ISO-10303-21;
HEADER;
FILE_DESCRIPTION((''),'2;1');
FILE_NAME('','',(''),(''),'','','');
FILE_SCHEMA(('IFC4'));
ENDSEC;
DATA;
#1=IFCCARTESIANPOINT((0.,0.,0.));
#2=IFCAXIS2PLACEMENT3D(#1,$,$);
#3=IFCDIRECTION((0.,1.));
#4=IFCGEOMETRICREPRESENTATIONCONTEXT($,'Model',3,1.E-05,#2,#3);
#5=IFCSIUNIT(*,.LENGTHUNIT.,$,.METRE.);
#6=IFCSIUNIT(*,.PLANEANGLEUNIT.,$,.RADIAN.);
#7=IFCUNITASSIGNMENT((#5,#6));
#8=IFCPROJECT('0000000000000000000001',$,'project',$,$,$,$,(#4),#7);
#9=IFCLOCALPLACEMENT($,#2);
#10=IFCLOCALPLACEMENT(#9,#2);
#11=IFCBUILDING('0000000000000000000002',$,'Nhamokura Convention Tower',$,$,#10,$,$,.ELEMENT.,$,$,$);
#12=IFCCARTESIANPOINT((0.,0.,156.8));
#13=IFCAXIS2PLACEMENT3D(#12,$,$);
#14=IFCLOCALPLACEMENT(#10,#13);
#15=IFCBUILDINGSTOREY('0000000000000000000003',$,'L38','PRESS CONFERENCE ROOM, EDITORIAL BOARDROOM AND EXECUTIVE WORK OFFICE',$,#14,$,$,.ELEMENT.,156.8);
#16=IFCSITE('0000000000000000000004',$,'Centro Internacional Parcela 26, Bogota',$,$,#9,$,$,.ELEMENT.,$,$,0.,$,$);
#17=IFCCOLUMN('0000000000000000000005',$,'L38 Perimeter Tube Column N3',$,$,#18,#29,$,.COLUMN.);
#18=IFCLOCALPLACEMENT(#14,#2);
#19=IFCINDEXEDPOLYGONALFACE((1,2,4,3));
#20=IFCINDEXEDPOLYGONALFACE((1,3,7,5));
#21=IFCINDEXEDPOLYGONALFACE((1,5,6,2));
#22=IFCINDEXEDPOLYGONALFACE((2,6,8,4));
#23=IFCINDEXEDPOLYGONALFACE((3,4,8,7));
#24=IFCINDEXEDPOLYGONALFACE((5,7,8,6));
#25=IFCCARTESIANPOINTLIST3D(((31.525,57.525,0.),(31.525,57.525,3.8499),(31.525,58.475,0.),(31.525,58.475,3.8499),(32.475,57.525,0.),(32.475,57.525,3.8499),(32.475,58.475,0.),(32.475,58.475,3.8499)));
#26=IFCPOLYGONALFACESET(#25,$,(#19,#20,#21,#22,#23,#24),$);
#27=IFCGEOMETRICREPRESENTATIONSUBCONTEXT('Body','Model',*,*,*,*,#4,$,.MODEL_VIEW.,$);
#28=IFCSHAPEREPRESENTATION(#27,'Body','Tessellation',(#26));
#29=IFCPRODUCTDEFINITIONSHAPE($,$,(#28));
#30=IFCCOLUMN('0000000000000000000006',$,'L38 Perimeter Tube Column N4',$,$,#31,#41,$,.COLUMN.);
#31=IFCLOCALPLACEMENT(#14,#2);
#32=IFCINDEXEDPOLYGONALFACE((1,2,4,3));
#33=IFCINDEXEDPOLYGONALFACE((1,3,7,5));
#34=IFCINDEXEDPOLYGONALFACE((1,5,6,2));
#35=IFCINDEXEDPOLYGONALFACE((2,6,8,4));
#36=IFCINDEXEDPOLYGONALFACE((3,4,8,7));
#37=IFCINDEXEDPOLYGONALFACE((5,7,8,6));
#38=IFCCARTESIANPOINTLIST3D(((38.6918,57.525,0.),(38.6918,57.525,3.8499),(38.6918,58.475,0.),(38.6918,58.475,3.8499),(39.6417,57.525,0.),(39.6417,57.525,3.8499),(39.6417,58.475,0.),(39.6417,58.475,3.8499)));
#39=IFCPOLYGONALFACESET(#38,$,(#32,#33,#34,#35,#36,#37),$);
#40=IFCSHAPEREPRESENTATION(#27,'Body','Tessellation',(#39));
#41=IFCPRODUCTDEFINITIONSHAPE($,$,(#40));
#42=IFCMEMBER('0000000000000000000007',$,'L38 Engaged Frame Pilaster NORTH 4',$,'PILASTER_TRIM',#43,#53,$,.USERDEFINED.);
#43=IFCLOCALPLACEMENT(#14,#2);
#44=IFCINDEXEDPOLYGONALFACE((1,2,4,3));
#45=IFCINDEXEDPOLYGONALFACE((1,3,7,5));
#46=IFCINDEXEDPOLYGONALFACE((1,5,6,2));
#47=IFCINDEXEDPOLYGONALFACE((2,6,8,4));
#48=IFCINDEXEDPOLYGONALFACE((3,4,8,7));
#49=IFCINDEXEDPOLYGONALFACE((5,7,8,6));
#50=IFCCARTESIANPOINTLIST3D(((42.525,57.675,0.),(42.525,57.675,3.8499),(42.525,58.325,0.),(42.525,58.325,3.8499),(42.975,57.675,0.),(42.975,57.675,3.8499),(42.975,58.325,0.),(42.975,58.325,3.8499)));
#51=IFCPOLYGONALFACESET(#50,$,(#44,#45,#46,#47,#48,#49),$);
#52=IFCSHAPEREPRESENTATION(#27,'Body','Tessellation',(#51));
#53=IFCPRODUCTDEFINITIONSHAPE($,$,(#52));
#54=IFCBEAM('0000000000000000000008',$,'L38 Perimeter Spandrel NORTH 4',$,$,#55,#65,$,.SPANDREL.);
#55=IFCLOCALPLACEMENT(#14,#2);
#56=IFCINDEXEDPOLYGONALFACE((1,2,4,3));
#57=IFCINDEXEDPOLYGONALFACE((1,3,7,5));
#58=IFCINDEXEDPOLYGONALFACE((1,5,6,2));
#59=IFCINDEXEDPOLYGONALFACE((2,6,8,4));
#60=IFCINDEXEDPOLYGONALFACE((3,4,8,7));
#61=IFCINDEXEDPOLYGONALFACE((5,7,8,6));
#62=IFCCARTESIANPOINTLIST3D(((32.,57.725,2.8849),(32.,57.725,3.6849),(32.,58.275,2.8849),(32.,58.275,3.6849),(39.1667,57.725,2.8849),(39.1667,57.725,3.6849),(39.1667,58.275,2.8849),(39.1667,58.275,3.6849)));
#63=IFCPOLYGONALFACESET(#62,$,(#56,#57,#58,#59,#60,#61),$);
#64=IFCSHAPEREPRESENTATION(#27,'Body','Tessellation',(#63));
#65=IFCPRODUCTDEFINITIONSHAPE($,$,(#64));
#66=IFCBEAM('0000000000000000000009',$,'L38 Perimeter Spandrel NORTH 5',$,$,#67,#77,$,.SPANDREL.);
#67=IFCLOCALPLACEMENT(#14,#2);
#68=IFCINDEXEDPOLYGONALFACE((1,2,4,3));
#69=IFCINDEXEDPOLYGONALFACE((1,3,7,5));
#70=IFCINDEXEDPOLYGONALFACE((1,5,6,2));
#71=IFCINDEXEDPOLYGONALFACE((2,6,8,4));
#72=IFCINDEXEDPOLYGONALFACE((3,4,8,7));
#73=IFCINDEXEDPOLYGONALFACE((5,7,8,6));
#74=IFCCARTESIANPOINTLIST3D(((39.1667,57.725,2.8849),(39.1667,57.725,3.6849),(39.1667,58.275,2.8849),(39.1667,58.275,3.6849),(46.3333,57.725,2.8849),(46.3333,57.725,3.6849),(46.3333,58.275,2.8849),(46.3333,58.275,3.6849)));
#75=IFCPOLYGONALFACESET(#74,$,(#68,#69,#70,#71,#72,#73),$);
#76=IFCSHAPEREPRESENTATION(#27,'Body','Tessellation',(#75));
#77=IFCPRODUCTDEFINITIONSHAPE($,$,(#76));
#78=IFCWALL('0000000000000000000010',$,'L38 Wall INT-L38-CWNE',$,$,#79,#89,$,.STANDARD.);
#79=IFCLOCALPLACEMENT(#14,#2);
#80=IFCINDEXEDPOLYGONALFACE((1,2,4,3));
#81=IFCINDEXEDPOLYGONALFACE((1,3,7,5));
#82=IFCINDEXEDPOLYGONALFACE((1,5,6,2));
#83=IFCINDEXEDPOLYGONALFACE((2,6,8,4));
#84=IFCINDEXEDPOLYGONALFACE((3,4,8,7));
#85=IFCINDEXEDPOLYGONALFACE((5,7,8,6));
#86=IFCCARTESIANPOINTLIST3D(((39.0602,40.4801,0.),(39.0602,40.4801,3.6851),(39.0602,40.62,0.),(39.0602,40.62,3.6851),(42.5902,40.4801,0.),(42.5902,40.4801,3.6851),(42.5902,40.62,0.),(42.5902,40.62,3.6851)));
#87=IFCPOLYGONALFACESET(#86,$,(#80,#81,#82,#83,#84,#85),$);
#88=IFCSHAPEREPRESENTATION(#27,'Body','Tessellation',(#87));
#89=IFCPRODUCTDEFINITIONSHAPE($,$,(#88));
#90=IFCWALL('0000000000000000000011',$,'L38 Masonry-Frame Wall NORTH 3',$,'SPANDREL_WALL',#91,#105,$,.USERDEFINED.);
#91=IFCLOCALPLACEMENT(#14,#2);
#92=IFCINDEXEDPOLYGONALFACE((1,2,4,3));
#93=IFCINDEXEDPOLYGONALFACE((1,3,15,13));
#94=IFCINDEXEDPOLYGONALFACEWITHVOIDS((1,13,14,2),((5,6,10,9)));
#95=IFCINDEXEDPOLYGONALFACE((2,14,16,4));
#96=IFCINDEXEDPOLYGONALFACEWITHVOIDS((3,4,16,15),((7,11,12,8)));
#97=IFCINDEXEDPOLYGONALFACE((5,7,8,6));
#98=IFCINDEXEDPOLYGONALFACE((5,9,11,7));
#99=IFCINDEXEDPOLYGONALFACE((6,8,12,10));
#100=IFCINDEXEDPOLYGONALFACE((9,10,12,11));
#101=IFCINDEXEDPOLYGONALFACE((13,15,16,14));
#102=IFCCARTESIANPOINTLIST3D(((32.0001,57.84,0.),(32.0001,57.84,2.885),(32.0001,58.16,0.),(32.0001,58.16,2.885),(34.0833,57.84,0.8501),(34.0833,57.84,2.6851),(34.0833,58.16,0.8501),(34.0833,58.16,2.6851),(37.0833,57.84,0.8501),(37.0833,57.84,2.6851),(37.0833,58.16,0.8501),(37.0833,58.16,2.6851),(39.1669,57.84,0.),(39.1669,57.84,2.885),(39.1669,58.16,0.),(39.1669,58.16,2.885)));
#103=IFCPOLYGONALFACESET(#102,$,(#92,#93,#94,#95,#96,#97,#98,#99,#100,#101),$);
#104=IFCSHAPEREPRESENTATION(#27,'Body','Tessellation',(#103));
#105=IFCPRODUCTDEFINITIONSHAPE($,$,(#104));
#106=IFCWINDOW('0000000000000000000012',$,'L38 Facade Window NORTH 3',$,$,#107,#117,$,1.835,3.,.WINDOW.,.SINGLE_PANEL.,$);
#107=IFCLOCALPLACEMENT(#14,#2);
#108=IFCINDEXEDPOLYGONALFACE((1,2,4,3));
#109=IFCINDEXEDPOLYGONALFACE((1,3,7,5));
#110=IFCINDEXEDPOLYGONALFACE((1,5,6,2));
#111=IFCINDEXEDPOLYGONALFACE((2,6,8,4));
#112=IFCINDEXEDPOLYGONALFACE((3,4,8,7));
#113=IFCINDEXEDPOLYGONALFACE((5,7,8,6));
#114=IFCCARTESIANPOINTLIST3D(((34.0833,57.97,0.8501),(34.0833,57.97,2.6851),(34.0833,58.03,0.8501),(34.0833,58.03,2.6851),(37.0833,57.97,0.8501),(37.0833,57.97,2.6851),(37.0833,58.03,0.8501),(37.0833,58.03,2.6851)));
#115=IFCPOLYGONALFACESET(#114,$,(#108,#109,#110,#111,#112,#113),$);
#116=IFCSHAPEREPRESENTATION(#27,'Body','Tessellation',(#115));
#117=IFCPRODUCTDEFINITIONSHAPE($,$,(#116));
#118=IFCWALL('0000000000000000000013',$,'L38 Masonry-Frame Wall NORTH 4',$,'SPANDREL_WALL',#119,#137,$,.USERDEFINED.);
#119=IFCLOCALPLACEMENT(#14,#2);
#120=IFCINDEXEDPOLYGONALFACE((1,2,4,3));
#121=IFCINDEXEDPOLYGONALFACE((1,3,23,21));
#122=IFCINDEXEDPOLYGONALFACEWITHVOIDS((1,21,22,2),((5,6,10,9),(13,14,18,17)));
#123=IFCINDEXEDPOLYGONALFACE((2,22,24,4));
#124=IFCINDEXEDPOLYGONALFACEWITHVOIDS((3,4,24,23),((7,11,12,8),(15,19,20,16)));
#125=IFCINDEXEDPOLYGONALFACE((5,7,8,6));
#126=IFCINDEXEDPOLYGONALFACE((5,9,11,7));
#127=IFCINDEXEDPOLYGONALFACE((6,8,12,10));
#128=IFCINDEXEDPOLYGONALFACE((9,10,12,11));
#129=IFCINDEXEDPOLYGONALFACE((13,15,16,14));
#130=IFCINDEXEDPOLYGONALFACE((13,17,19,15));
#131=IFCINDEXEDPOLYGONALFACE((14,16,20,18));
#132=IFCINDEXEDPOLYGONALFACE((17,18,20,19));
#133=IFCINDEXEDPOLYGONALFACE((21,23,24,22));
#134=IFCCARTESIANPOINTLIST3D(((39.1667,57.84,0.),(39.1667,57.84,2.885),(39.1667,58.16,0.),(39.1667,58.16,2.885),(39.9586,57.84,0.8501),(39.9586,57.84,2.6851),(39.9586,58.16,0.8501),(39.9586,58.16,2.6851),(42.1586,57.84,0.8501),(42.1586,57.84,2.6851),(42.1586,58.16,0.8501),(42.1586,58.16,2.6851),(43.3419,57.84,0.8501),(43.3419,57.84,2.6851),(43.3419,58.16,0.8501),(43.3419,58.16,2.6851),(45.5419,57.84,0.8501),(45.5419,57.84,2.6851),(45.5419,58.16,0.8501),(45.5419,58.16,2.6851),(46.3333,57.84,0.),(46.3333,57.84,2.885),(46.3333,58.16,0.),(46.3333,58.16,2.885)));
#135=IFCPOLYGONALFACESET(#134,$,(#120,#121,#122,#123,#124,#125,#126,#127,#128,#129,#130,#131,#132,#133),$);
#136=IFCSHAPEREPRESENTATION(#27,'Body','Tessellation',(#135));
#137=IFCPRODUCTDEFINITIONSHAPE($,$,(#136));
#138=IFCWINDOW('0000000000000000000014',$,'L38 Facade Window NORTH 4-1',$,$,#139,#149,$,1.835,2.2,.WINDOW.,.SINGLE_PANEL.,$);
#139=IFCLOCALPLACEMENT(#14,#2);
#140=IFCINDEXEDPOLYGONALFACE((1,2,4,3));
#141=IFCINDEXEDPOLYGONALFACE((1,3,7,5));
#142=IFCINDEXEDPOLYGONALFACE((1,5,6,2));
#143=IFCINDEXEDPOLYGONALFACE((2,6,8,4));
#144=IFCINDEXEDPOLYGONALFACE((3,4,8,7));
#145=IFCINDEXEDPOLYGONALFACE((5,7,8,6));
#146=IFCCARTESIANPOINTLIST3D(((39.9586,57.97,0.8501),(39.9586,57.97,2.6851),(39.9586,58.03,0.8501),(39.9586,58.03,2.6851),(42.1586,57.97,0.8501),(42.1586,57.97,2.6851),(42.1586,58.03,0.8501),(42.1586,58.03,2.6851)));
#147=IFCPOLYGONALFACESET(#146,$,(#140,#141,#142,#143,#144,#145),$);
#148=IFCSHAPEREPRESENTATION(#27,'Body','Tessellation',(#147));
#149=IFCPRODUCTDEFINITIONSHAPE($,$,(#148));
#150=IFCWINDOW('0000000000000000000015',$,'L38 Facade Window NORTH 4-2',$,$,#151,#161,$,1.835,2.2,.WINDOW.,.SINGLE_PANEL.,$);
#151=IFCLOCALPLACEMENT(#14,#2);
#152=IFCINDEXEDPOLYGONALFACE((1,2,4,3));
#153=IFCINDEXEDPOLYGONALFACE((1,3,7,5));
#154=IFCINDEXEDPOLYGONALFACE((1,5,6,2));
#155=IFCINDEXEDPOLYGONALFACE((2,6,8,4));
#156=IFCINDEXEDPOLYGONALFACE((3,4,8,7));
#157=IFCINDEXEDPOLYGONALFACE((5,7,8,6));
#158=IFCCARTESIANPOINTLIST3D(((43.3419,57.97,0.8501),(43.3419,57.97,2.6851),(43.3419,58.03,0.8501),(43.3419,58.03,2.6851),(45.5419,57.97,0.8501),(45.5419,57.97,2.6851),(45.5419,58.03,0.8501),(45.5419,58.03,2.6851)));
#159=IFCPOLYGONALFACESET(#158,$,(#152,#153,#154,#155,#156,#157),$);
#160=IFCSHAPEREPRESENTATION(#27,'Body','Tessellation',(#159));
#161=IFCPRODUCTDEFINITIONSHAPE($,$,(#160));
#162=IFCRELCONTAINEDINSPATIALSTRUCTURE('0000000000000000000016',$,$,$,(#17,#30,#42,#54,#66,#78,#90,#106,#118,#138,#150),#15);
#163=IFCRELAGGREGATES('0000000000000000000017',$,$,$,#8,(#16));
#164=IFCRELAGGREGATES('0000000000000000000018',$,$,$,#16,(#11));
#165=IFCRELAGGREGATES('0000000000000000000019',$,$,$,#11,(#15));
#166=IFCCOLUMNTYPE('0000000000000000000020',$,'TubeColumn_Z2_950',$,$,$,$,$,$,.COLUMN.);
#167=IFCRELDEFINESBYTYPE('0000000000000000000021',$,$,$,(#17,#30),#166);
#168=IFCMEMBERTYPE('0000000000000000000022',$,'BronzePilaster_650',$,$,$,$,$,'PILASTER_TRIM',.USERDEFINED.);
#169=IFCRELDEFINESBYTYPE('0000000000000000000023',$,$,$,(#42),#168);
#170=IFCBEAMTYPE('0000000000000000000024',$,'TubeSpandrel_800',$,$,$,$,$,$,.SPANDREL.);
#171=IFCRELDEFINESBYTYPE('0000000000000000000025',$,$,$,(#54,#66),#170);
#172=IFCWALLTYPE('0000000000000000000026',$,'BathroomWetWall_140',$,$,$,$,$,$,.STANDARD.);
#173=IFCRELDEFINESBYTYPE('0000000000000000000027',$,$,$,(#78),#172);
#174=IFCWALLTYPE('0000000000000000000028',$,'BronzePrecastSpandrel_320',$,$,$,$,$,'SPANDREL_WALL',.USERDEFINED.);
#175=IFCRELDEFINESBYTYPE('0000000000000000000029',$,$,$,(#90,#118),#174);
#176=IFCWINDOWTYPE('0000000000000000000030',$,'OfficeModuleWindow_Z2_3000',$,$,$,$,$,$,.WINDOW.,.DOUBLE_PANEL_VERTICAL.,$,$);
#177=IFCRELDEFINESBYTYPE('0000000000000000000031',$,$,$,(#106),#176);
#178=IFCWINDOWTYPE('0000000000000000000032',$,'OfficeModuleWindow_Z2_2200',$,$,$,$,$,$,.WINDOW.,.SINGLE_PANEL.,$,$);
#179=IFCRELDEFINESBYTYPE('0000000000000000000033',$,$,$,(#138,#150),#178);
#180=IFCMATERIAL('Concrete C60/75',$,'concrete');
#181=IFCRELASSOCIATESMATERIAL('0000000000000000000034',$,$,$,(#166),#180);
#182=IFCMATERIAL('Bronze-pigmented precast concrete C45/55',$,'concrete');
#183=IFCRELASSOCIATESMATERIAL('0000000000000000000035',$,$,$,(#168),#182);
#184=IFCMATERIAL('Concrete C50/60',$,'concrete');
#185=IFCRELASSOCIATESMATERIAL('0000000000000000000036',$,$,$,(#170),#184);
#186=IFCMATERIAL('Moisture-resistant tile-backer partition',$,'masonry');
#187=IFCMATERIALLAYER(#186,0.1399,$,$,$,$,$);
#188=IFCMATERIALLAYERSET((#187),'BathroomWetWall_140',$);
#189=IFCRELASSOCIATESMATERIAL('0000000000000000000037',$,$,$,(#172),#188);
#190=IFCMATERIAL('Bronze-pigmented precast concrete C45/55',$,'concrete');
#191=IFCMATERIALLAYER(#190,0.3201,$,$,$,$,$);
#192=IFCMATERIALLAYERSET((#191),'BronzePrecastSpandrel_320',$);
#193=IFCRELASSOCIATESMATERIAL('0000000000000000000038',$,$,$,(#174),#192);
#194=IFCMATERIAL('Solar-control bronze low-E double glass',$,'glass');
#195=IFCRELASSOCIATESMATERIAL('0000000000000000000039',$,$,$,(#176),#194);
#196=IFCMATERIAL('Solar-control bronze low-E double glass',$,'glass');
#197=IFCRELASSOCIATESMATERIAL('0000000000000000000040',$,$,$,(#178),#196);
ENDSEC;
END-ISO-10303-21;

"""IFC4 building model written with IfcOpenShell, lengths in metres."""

from ifc_helpers import new_model, si_unit, direction, frame, frame_2d, origin, origin_2d, place, context, subcontext, project, spatial, rectangle, extrude, material, layer, layer_set, material_profile, profile_set, type_object, element, fill, save


model = new_model("IFC4")

# Units and contexts
model_context = context("Model", 3, precision=1e-05, world=origin(), true_north=direction((0.0, 1.0)))
body_context = subcontext(model_context, "Body", "Model", "MODEL_VIEW")
ifc_project = project(units=[si_unit("LENGTHUNIT", "METRE"), si_unit("PLANEANGLEUNIT", "RADIAN")], contexts=[model_context])

# Site, building, storey
site_placement = place(None, origin())
site = spatial("IfcSite", under=ifc_project, at=site_placement, Name="Centro Internacional Parcela 26, Bogota", CompositionType="ELEMENT", RefElevation=0.0)
building_placement = place(site_placement, origin())
building = spatial("IfcBuilding", under=site, at=building_placement, Name="Nhamokura Convention Tower", CompositionType="ELEMENT")
storey_placement = place(building_placement, frame((0.0, 0.0, 156.8)))
storey = spatial("IfcBuildingStorey", under=building, at=storey_placement, Name="L38", Description="PRESS CONFERENCE ROOM, EDITORIAL BOARDROOM AND EXECUTIVE WORK OFFICE", CompositionType="ELEMENT", Elevation=156.8)

# Columns
ifc_material_1 = material(Name="Concrete C60/75", Category="concrete")
ifc_material_profile_1 = material_profile(ifc_material_1, rectangle(XDim=0.95, YDim=0.95, at=origin_2d()))
ifc_profile_set_1 = profile_set([ifc_material_profile_1], Name="Concrete C60/75")
column_type = type_object("IfcColumnType", Name="TubeColumn_Z2_950", PredefinedType="COLUMN", material=ifc_profile_set_1)
for number, where, z_axis, x_axis, name in (
    (1, (32.0, 58.0, 0.0), (0.0, 0.0, 1.0), (1.0, 0.0, 0.0), "L38 Perimeter Tube Column N3"),
    (2, (39.1667, 58.0, 0.0), (0.0, 0.0, 1.0), (1.0, 0.0, 0.0), "L38 Perimeter Tube Column N4"),
):
    element("IfcColumn", number, at=place(storey_placement, frame(where, z_axis=z_axis, x_axis=x_axis)), inside=storey, type_object=column_type, Name=name, PredefinedType="COLUMN", context=body_context, shape_type="SweptSolid", body=[
        extrude(rectangle(XDim=0.95, YDim=0.95, at=origin_2d()), origin(), (0.0, 0.0, 1.0), 3.8499),
    ])

# Member
ifc_material_2 = material(Name="Bronze-pigmented precast concrete C45/55", Category="concrete")
ifc_material_profile_2 = material_profile(ifc_material_2, rectangle(XDim=0.45, YDim=0.6499, at=origin_2d()))
ifc_profile_set_2 = profile_set([ifc_material_profile_2], Name="Bronze-pigmented precast concrete C45/55")
member_type = type_object("IfcMemberType", Name="BronzePilaster_650", ElementType="PILASTER_TRIM", PredefinedType="USERDEFINED", material=ifc_profile_set_2)
member_placement = place(storey_placement, frame((42.75, 58.0, 0.0), z_axis=(0.0, 0.0, 1.0), x_axis=(1.0, 0.0, 0.0)))
element("IfcMember", 3, at=member_placement, inside=storey, type_object=member_type, Name="L38 Engaged Frame Pilaster NORTH 4", ObjectType="PILASTER_TRIM", PredefinedType="USERDEFINED", context=body_context, shape_type="SweptSolid", body=[
    extrude(rectangle(XDim=0.45, YDim=0.6499, at=origin_2d()), origin(), (0.0, 0.0, 1.0), 3.8499),
])

# Beams
ifc_material_3 = material(Name="Concrete C50/60", Category="concrete")
ifc_material_profile_3 = material_profile(ifc_material_3, rectangle(XDim=0.55, YDim=0.8, at=origin_2d()))
ifc_profile_set_3 = profile_set([ifc_material_profile_3], Name="Concrete C50/60")
beam_type = type_object("IfcBeamType", Name="TubeSpandrel_800", PredefinedType="SPANDREL", material=ifc_profile_set_3)
beam_1_placement = place(storey_placement, frame((32.0, 58.0, 3.2849), z_axis=(1.0, 0.0, 0.0), x_axis=(0.0, 1.0, 0.0)))
element("IfcBeam", 4, at=beam_1_placement, inside=storey, type_object=beam_type, Name="L38 Perimeter Spandrel NORTH 4", PredefinedType="SPANDREL", context=body_context, shape_type="SweptSolid", body=[
    extrude(rectangle(XDim=0.55, YDim=0.8, at=origin_2d()), origin(), (0.0, 0.0, 1.0), 7.1667),
])
beam_2_placement = place(storey_placement, frame((39.1667, 58.0, 3.2849), z_axis=(1.0, 0.0, 0.0), x_axis=(0.0, 1.0, 0.0)))
element("IfcBeam", 5, at=beam_2_placement, inside=storey, type_object=beam_type, Name="L38 Perimeter Spandrel NORTH 5", PredefinedType="SPANDREL", context=body_context, shape_type="SweptSolid", body=[
    extrude(rectangle(XDim=0.55, YDim=0.8, at=origin_2d()), origin(), (0.0, 0.0, 1.0), 7.1665),
])

# Wall
ifc_material_4 = material(Name="Moisture-resistant tile-backer partition", Category="masonry")
ifc_layer_1 = layer(ifc_material_4, 0.1399)
ifc_layer_set_1 = layer_set([ifc_layer_1], Name="BathroomWetWall_140")
wall_type_1 = type_object("IfcWallType", Name="BathroomWetWall_140", PredefinedType="STANDARD", material=ifc_layer_set_1)
wall_1_placement = place(storey_placement, frame((39.0601, 40.55, 0.0), z_axis=(0.0, 0.0, 1.0), x_axis=(1.0, 0.0, 0.0)))
element("IfcWall", 6, at=wall_1_placement, inside=storey, type_object=wall_type_1, Name="L38 Wall INT-L38-CWNE", PredefinedType="STANDARD", context=body_context, shape_type="SweptSolid", body=[
    extrude(rectangle(XDim=3.53, YDim=0.1399, at=frame_2d((1.7651, 0.0))), origin(), (0.0, 0.0, 1.0), 3.6851),
])

# Wall, opening, window
ifc_material_5 = material(Name="Bronze-pigmented precast concrete C45/55", Category="concrete")
ifc_layer_2 = layer(ifc_material_5, 0.3201)
ifc_layer_set_2 = layer_set([ifc_layer_2], Name="BronzePrecastSpandrel_320")
wall_type_2 = type_object("IfcWallType", Name="BronzePrecastSpandrel_320", ElementType="SPANDREL_WALL", PredefinedType="USERDEFINED", material=ifc_layer_set_2)
wall_2_placement = place(storey_placement, frame((32.0, 58.0, 0.0), z_axis=(0.0, 0.0, 1.0), x_axis=(1.0, 0.0, 0.0)))
wall_2 = element("IfcWall", 7, at=wall_2_placement, inside=storey, type_object=wall_type_2, Name="L38 Masonry-Frame Wall NORTH 3", ObjectType="SPANDREL_WALL", PredefinedType="USERDEFINED", context=body_context, shape_type="SweptSolid", body=[
    extrude(rectangle(XDim=7.1667, YDim=0.3201, at=frame_2d((3.5835, 0.0))), origin(), (0.0, 0.0, 1.0), 2.885),
])
opening_1_placement = place(wall_2_placement, frame((2.0833, 0.0, 0.8501)))
opening_1 = element("IfcOpeningElement", 8, at=opening_1_placement, cuts=wall_2, PredefinedType="OPENING", context=body_context, shape_type="SweptSolid", body=[
    extrude(rectangle(XDim=3.0, YDim=1.835, at=frame_2d((1.5, 0.9175))), frame((0.0, 0.1699, 0.0), z_axis=(0.0, -1.0, 0.0), x_axis=(1.0, 0.0, 0.0)), (0.0, 0.0, 1.0), 0.3401),
])
ifc_material_6 = material(Name="Solar-control bronze low-E double glass", Category="glass")
window_type_1 = type_object("IfcWindowType", Name="OfficeModuleWindow_Z2_3000", PartitioningType="DOUBLE_PANEL_VERTICAL", PredefinedType="WINDOW", material=ifc_material_6)
window_1_placement = place(opening_1_placement, origin())
window_1 = element("IfcWindow", 9, at=window_1_placement, inside=storey, type_object=window_type_1, Name="L38 Facade Window NORTH 3", OverallHeight=1.835, OverallWidth=3.0, PartitioningType="SINGLE_PANEL", PredefinedType="WINDOW", context=body_context, shape_type="SweptSolid", body=[
    extrude(rectangle(XDim=3.0, YDim=1.835, at=frame_2d((1.5, 0.9175))), frame((0.0, 0.03, 0.0), z_axis=(0.0, -1.0, 0.0), x_axis=(1.0, 0.0, 0.0)), (0.0, 0.0, 1.0), 0.0601),
])
fill(opening_1, window_1)

# Wall, openings, windows
wall_3_placement = place(storey_placement, frame((39.1667, 58.0, 0.0), z_axis=(0.0, 0.0, 1.0), x_axis=(1.0, 0.0, 0.0)))
wall_3 = element("IfcWall", 10, at=wall_3_placement, inside=storey, type_object=wall_type_2, Name="L38 Masonry-Frame Wall NORTH 4", ObjectType="SPANDREL_WALL", PredefinedType="USERDEFINED", context=body_context, shape_type="SweptSolid", body=[
    extrude(rectangle(XDim=7.1665, YDim=0.3201, at=frame_2d((3.5833, 0.0))), origin(), (0.0, 0.0, 1.0), 2.885),
])
opening_2_placement = place(wall_3_placement, frame((0.7917, 0.0, 0.8501)))
opening_2 = element("IfcOpeningElement", 11, at=opening_2_placement, cuts=wall_3, PredefinedType="OPENING", context=body_context, shape_type="SweptSolid", body=[
    extrude(rectangle(XDim=2.2, YDim=1.835, at=frame_2d((1.1001, 0.9175))), frame((0.0, 0.1699, 0.0), z_axis=(0.0, -1.0, 0.0), x_axis=(1.0, 0.0, 0.0)), (0.0, 0.0, 1.0), 0.3401),
])
opening_3_placement = place(wall_3_placement, frame((4.175, 0.0, 0.8501)))
opening_3 = element("IfcOpeningElement", 12, at=opening_3_placement, cuts=wall_3, PredefinedType="OPENING", context=body_context, shape_type="SweptSolid", body=[
    extrude(rectangle(XDim=2.2, YDim=1.835, at=frame_2d((1.1001, 0.9175))), frame((0.0, 0.1699, 0.0), z_axis=(0.0, -1.0, 0.0), x_axis=(1.0, 0.0, 0.0)), (0.0, 0.0, 1.0), 0.3401),
])
ifc_material_7 = material(Name="Solar-control bronze low-E double glass", Category="glass")
window_type_2 = type_object("IfcWindowType", Name="OfficeModuleWindow_Z2_2200", PartitioningType="SINGLE_PANEL", PredefinedType="WINDOW", material=ifc_material_7)
window_2_placement = place(opening_2_placement, origin())
window_2 = element("IfcWindow", 13, at=window_2_placement, inside=storey, type_object=window_type_2, Name="L38 Facade Window NORTH 4-1", OverallHeight=1.835, OverallWidth=2.2, PartitioningType="SINGLE_PANEL", PredefinedType="WINDOW", context=body_context, shape_type="SweptSolid", body=[
    extrude(rectangle(XDim=2.2, YDim=1.835, at=frame_2d((1.1001, 0.9175))), frame((0.0, 0.03, 0.0), z_axis=(0.0, -1.0, 0.0), x_axis=(1.0, 0.0, 0.0)), (0.0, 0.0, 1.0), 0.0601),
])
fill(opening_2, window_2)
window_3_placement = place(opening_3_placement, origin())
window_3 = element("IfcWindow", 14, at=window_3_placement, inside=storey, type_object=window_type_2, Name="L38 Facade Window NORTH 4-2", OverallHeight=1.835, OverallWidth=2.2, PartitioningType="SINGLE_PANEL", PredefinedType="WINDOW", context=body_context, shape_type="SweptSolid", body=[
    extrude(rectangle(XDim=2.2, YDim=1.835, at=frame_2d((1.1001, 0.9175))), frame((0.0, 0.03, 0.0), z_axis=(0.0, -1.0, 0.0), x_axis=(1.0, 0.0, 0.0)), (0.0, 0.0, 1.0), 0.0601),
])
fill(opening_3, window_3)

save(model, "model.ifc")
